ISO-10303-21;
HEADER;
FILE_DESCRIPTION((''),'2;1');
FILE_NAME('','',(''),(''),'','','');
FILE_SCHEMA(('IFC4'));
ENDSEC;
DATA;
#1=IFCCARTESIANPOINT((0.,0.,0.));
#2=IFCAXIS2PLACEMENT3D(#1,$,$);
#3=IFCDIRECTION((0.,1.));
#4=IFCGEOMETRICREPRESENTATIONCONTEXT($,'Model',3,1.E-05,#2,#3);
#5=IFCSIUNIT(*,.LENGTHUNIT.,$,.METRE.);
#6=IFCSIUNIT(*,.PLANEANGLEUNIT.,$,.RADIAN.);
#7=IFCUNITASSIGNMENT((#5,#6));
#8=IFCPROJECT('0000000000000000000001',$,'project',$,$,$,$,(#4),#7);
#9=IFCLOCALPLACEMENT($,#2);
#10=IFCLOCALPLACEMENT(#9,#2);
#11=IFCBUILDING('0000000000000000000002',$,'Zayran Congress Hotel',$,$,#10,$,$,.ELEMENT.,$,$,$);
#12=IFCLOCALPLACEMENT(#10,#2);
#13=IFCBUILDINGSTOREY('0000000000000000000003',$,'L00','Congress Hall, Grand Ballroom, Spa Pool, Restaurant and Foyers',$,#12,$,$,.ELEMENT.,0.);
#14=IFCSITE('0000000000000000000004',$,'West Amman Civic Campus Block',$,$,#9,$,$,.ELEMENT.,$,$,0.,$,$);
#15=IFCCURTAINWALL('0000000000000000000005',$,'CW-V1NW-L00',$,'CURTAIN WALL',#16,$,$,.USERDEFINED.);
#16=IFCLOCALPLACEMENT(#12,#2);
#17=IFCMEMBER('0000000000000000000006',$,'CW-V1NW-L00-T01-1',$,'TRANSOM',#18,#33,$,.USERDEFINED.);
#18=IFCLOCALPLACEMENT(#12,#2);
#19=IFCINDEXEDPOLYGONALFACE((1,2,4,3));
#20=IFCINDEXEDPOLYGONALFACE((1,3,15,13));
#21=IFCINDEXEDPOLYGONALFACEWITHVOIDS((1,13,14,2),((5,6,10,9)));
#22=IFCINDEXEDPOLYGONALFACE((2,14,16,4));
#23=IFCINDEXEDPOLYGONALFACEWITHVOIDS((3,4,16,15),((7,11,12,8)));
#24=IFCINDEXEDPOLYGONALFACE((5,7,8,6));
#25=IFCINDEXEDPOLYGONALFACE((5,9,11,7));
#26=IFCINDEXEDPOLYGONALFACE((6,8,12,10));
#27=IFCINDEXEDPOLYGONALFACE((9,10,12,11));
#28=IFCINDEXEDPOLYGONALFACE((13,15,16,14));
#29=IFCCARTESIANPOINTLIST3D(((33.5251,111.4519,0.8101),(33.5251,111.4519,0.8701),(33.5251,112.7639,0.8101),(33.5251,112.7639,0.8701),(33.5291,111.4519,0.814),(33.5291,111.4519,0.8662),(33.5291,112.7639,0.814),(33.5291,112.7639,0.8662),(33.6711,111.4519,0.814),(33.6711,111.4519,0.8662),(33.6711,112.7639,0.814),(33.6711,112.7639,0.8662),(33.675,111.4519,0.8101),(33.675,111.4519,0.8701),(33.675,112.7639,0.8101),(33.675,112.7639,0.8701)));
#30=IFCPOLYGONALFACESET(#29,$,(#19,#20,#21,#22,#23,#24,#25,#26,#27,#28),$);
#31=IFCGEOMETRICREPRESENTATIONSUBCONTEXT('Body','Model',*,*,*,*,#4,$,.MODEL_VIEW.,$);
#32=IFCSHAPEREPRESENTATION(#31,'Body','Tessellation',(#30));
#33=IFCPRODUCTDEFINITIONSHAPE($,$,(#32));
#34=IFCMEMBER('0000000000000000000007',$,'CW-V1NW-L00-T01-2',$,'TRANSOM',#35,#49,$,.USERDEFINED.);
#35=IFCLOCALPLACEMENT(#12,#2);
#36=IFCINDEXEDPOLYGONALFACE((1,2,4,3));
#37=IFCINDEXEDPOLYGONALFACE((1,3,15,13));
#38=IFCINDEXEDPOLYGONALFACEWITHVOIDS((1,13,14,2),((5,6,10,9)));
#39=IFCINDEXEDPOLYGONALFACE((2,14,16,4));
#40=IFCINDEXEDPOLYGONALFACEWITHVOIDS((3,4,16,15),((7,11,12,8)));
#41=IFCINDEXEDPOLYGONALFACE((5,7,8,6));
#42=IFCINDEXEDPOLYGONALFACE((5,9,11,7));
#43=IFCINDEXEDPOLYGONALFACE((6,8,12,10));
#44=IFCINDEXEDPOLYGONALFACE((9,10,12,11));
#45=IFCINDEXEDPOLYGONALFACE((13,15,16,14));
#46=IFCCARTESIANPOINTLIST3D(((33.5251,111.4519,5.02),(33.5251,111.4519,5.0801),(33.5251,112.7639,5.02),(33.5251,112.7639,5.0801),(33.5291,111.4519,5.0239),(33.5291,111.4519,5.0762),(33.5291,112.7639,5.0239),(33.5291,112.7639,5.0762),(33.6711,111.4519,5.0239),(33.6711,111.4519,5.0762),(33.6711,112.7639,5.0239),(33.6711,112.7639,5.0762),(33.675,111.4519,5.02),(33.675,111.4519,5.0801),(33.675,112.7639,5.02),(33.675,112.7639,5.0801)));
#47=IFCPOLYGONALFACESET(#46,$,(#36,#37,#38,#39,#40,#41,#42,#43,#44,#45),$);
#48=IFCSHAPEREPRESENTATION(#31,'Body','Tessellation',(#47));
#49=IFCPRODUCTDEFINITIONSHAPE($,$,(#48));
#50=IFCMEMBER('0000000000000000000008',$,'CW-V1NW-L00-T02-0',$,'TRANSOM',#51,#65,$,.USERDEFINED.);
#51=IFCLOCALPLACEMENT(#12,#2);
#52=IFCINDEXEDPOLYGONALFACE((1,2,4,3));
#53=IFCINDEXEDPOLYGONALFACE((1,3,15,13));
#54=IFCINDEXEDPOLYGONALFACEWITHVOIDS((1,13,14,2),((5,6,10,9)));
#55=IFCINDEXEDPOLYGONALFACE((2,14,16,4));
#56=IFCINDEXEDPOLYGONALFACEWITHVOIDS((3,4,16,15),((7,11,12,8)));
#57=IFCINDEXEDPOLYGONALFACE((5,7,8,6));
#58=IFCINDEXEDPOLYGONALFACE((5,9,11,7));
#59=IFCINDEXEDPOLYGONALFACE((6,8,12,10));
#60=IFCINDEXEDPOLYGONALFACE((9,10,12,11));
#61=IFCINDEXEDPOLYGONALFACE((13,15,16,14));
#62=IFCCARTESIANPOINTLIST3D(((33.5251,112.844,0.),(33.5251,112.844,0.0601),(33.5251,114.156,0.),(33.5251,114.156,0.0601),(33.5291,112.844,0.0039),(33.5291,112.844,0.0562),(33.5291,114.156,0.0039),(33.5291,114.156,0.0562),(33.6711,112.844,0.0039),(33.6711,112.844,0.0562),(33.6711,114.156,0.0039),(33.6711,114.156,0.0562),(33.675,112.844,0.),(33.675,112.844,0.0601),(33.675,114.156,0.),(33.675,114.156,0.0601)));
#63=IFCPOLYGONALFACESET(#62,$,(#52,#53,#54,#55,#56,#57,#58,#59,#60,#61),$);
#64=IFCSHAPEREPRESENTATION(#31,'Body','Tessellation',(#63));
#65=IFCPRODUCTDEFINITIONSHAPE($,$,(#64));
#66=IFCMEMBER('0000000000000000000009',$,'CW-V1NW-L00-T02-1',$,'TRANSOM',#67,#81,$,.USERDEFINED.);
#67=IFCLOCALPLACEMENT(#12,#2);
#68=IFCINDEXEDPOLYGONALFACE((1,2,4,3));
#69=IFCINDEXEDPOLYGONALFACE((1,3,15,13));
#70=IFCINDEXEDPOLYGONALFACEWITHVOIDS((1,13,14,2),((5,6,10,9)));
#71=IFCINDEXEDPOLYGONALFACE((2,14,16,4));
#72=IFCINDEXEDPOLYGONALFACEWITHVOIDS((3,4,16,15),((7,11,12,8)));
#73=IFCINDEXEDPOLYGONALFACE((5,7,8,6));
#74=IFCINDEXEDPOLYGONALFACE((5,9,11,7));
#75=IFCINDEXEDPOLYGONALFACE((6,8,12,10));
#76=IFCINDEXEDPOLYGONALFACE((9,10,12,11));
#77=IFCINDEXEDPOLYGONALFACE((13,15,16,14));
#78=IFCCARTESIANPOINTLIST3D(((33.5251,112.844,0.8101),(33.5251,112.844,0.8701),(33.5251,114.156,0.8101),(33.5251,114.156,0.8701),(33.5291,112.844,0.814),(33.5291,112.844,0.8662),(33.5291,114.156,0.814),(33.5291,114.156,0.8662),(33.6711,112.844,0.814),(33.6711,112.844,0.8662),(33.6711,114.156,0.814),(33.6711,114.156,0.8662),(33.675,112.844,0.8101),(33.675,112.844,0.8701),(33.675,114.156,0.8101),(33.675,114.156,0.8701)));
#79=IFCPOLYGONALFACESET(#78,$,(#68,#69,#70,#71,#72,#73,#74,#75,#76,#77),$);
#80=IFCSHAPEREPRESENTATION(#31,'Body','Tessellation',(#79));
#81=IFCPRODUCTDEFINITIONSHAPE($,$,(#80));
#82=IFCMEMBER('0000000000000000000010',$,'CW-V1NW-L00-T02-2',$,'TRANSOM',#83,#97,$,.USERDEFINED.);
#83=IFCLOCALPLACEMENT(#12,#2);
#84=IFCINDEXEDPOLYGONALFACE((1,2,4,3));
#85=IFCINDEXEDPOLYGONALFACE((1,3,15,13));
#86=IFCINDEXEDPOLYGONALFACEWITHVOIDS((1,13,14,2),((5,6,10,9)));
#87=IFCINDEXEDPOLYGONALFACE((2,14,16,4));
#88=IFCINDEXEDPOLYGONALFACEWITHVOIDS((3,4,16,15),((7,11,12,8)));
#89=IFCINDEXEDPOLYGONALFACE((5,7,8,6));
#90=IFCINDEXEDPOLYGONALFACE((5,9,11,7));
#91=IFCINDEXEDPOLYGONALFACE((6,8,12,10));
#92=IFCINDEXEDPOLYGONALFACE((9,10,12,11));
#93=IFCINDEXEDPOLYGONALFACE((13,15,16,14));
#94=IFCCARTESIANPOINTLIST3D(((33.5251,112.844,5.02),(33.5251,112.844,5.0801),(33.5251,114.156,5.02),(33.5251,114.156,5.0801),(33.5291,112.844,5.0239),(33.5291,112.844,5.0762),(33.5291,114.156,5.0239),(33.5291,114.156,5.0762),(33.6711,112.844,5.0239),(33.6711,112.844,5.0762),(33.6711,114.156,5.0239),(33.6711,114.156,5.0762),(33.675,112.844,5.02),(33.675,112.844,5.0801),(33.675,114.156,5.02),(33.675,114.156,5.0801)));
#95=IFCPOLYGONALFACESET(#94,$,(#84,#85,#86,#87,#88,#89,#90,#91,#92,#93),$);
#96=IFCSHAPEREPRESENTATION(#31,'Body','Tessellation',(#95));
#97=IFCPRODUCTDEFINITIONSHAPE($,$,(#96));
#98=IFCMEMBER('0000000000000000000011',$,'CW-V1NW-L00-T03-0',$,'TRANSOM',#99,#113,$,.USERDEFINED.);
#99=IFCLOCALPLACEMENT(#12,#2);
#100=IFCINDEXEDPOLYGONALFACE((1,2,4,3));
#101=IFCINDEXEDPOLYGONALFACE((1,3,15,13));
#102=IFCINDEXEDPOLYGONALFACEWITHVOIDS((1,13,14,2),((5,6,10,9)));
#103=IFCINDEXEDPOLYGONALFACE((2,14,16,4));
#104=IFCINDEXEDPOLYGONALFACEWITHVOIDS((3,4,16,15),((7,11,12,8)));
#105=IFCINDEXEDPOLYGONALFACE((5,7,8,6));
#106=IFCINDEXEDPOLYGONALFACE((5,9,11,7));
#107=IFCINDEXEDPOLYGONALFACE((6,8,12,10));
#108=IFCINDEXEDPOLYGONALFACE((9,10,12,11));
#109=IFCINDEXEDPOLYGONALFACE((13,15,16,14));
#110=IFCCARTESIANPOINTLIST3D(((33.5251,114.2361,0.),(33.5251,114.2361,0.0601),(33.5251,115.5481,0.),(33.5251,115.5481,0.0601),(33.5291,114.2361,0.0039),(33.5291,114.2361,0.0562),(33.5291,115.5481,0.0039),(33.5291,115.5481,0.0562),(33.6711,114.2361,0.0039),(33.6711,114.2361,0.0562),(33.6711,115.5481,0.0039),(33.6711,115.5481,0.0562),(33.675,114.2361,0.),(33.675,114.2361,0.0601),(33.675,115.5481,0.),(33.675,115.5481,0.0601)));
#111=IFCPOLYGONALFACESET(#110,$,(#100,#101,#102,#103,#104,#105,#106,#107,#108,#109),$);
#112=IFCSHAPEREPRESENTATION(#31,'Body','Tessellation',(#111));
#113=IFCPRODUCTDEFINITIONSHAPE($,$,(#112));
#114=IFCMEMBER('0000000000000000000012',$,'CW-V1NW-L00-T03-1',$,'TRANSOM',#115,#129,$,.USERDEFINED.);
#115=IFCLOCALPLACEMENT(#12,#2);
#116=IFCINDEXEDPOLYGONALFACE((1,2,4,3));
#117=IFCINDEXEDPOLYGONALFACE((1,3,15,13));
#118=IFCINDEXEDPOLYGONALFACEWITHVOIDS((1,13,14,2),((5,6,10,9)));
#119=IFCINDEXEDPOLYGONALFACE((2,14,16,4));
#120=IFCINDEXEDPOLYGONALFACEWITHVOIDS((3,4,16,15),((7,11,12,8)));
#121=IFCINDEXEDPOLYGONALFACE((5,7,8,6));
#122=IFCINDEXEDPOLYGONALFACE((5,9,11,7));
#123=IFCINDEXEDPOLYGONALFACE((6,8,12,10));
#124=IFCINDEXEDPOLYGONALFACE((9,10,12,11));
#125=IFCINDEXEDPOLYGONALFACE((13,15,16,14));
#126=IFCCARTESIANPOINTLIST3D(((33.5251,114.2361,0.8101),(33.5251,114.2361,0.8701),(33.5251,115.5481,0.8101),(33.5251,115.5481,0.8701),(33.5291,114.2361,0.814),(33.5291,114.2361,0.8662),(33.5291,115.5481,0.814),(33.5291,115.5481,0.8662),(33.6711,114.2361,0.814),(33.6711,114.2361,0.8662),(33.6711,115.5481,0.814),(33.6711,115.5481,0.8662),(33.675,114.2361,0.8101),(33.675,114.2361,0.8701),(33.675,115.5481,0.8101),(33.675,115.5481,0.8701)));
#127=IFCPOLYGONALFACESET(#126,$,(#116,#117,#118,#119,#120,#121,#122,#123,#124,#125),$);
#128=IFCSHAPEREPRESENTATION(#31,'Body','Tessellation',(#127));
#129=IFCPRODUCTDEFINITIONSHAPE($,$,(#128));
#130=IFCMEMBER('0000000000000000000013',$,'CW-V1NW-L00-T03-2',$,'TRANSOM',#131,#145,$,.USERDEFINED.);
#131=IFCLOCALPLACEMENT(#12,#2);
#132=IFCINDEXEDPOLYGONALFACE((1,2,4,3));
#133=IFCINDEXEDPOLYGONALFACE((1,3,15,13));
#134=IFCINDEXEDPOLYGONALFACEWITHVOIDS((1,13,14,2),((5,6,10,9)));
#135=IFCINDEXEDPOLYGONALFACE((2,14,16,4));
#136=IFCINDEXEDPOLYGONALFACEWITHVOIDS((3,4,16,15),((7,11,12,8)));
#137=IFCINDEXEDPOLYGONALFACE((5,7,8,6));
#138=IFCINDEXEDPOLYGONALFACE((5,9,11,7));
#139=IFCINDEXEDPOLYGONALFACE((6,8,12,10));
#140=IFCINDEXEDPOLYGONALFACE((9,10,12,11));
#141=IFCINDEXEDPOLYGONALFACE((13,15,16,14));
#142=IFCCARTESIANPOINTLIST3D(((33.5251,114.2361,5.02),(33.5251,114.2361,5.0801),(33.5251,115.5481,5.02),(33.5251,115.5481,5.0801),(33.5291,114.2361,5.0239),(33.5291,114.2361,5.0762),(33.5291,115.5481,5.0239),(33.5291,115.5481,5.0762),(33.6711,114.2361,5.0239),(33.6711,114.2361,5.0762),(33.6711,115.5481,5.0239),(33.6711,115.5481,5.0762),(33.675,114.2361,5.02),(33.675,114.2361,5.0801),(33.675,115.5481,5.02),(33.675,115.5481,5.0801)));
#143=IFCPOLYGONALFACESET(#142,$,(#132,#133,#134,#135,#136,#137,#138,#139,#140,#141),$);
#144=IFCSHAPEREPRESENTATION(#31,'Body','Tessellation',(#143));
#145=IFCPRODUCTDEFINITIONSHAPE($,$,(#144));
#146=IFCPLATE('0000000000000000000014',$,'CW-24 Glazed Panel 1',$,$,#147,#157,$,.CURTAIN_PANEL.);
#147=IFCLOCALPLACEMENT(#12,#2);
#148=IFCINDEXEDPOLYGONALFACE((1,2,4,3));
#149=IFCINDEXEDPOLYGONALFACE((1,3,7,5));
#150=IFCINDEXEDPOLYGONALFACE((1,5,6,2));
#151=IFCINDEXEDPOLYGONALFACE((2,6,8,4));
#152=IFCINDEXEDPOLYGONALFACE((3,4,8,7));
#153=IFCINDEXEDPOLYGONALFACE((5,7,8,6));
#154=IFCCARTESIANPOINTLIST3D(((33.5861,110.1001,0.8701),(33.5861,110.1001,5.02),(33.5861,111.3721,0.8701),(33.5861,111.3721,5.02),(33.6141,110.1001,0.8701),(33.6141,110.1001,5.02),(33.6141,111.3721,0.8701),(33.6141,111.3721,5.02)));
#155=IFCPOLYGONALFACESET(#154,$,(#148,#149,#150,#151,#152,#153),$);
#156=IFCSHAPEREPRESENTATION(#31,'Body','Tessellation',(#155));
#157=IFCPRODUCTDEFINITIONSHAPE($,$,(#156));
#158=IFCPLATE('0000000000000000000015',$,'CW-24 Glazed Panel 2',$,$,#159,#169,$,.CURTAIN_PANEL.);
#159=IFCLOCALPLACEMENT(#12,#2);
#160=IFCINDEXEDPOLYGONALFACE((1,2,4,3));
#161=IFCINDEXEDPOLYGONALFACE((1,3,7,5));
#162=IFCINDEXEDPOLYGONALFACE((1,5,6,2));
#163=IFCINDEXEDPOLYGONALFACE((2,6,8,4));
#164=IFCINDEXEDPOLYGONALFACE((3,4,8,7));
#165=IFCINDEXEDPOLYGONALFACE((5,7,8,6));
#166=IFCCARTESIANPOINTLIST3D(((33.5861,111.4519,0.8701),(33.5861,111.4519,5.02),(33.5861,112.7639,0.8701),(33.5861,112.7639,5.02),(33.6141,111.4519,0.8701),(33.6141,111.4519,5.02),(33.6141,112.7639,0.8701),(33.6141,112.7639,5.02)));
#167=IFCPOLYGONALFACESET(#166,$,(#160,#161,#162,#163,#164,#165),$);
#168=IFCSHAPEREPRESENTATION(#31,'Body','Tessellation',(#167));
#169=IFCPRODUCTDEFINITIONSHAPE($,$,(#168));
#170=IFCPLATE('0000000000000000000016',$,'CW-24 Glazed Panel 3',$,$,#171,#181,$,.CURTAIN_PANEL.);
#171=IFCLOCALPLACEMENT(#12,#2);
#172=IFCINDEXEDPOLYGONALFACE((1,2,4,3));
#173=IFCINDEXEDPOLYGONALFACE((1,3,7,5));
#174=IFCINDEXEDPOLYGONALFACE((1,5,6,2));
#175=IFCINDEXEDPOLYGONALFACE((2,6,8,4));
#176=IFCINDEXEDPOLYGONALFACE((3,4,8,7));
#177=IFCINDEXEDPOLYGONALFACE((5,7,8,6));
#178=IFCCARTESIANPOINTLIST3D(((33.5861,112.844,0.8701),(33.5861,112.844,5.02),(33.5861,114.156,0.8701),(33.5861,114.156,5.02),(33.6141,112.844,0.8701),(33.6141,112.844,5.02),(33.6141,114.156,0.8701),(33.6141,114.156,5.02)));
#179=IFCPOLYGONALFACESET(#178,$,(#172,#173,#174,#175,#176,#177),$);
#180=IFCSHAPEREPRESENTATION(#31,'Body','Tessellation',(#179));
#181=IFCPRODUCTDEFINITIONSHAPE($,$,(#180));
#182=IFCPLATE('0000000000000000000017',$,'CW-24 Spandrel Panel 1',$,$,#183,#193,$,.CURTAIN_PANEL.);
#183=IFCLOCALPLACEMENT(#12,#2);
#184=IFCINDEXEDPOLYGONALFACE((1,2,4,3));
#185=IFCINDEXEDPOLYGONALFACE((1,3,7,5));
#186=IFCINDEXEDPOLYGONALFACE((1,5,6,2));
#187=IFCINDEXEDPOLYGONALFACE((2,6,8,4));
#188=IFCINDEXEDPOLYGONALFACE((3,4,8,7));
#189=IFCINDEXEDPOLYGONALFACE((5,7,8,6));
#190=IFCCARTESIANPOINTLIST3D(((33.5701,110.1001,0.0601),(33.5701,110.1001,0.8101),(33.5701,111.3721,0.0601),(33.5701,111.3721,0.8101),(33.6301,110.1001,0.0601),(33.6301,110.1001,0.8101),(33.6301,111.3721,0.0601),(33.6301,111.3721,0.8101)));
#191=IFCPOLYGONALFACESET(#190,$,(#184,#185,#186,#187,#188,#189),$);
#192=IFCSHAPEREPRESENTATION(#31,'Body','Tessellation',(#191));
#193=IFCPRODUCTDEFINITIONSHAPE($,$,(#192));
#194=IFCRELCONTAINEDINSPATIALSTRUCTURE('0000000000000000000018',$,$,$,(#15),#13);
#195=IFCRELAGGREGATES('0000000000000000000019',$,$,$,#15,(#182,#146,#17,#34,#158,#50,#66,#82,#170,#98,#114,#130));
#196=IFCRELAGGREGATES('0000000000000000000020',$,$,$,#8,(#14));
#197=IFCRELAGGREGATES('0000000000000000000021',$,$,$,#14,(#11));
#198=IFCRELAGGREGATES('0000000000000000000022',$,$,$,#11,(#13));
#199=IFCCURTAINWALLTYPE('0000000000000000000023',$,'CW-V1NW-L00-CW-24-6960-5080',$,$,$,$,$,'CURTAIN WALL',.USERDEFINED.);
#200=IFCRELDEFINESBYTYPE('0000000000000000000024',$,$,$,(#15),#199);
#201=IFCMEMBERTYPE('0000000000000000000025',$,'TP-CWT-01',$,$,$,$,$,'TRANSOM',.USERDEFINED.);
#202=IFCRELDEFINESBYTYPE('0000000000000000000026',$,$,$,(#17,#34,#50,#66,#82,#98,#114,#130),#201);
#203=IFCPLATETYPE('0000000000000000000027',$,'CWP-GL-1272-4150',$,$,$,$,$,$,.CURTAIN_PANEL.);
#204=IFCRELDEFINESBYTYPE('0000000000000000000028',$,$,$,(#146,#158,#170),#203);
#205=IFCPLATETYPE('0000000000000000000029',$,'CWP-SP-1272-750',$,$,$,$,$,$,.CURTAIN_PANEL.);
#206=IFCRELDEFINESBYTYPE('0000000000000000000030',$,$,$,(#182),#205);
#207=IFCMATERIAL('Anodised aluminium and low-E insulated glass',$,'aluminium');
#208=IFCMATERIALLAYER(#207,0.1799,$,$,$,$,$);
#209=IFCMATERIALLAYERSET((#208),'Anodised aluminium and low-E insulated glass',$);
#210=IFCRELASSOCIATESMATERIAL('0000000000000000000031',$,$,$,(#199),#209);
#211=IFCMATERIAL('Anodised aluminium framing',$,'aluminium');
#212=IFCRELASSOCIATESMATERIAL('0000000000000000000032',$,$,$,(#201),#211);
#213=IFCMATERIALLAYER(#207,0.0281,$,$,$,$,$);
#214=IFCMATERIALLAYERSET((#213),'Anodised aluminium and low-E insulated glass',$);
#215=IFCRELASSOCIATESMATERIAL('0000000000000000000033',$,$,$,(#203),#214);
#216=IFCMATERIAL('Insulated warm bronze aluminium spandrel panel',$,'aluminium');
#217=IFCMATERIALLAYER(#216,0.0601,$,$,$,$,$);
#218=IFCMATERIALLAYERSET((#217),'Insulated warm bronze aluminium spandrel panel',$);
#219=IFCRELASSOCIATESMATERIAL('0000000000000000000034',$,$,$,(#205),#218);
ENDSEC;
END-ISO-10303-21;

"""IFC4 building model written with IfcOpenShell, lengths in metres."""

from ifc_helpers import new_model, si_unit, direction, frame, origin, origin_2d, place, context, subcontext, project, spatial, rectangle, hollow_rectangle, extrude, material, layer, layer_set, material_profile, profile_set, type_object, element, aggregate, save


model = new_model("IFC4")

# Units and contexts
model_context = context("Model", 3, precision=1e-05, world=origin(), true_north=direction((0.0, 1.0)))
body_context = subcontext(model_context, "Body", "Model", "MODEL_VIEW")
ifc_project = project(units=[si_unit("LENGTHUNIT", "METRE"), si_unit("PLANEANGLEUNIT", "RADIAN")], contexts=[model_context])

# Site, building, storey
site_placement = place(None, origin())
site = spatial("IfcSite", under=ifc_project, at=site_placement, Name="West Amman Civic Campus Block", CompositionType="ELEMENT", RefElevation=0.0)
building_placement = place(site_placement, origin())
building = spatial("IfcBuilding", under=site, at=building_placement, Name="Zayran Congress Hotel", CompositionType="ELEMENT")
storey_placement = place(building_placement, origin())
storey = spatial("IfcBuildingStorey", under=building, at=storey_placement, Name="L00", Description="Congress Hall, Grand Ballroom, Spa Pool, Restaurant and Foyers", CompositionType="ELEMENT", Elevation=0.0)

# Curtain wall, members, plates
ifc_material_1 = material(Name="Anodised aluminium and low-E insulated glass", Category="aluminium")
ifc_layer_1 = layer(ifc_material_1, 0.1799)
ifc_layer_set_1 = layer_set([ifc_layer_1], Name="Anodised aluminium and low-E insulated glass")
curtain_wall_type = type_object("IfcCurtainWallType", Name="CW-V1NW-L00-CW-24-6960-5080", ElementType="CURTAIN WALL", PredefinedType="USERDEFINED", material=ifc_layer_set_1)
curtain_wall_placement = place(storey_placement, origin())
curtain_wall = element("IfcCurtainWall", 1, at=curtain_wall_placement, inside=storey, type_object=curtain_wall_type, Name="CW-V1NW-L00", ObjectType="CURTAIN WALL", PredefinedType="USERDEFINED")
ifc_material_2 = material(Name="Anodised aluminium framing", Category="aluminium")
ifc_material_profile_1 = material_profile(ifc_material_2, hollow_rectangle(XDim=0.0601, YDim=0.1499, WallThickness=0.0039, at=origin_2d()), Name="RHS 150x60x4")
ifc_profile_set_1 = profile_set([ifc_material_profile_1], Name="Anodised aluminium framing")
member_type_1 = type_object("IfcMemberType", Name="TP-CWT-01", ElementType="TRANSOM", PredefinedType="USERDEFINED", material=ifc_profile_set_1)
member_1_placement = place(storey_placement, frame((33.6001, 111.4519, 0.8401), z_axis=(0.0, 1.0, 0.0), x_axis=(0.0, 0.0, 1.0)))
member_1 = element("IfcMember", 2, at=member_1_placement, type_object=member_type_1, Name="CW-V1NW-L00-T01-1", ObjectType="TRANSOM", PredefinedType="USERDEFINED", context=body_context, shape_type="SweptSolid", body=[
    extrude(hollow_rectangle(XDim=0.0601, YDim=0.1499, WallThickness=0.0039, at=origin_2d()), origin(), (0.0, 0.0, 1.0), 1.312),
])
member_2_placement = place(storey_placement, frame((33.6001, 111.4519, 5.05), z_axis=(0.0, 1.0, 0.0), x_axis=(0.0, 0.0, 1.0)))
member_2 = element("IfcMember", 3, at=member_2_placement, type_object=member_type_1, Name="CW-V1NW-L00-T01-2", ObjectType="TRANSOM", PredefinedType="USERDEFINED", context=body_context, shape_type="SweptSolid", body=[
    extrude(hollow_rectangle(XDim=0.0601, YDim=0.1499, WallThickness=0.0039, at=origin_2d()), origin(), (0.0, 0.0, 1.0), 1.312),
])
member_3_placement = place(storey_placement, frame((33.6001, 112.844, 0.03), z_axis=(0.0, 1.0, 0.0), x_axis=(0.0, 0.0, 1.0)))
member_3 = element("IfcMember", 4, at=member_3_placement, type_object=member_type_1, Name="CW-V1NW-L00-T02-0", ObjectType="TRANSOM", PredefinedType="USERDEFINED", context=body_context, shape_type="SweptSolid", body=[
    extrude(hollow_rectangle(XDim=0.0601, YDim=0.1499, WallThickness=0.0039, at=origin_2d()), origin(), (0.0, 0.0, 1.0), 1.312),
])
member_4_placement = place(storey_placement, frame((33.6001, 112.844, 0.8401), z_axis=(0.0, 1.0, 0.0), x_axis=(0.0, 0.0, 1.0)))
member_4 = element("IfcMember", 5, at=member_4_placement, type_object=member_type_1, Name="CW-V1NW-L00-T02-1", ObjectType="TRANSOM", PredefinedType="USERDEFINED", context=body_context, shape_type="SweptSolid", body=[
    extrude(hollow_rectangle(XDim=0.0601, YDim=0.1499, WallThickness=0.0039, at=origin_2d()), origin(), (0.0, 0.0, 1.0), 1.312),
])
member_5_placement = place(storey_placement, frame((33.6001, 112.844, 5.05), z_axis=(0.0, 1.0, 0.0), x_axis=(0.0, 0.0, 1.0)))
member_5 = element("IfcMember", 6, at=member_5_placement, type_object=member_type_1, Name="CW-V1NW-L00-T02-2", ObjectType="TRANSOM", PredefinedType="USERDEFINED", context=body_context, shape_type="SweptSolid", body=[
    extrude(hollow_rectangle(XDim=0.0601, YDim=0.1499, WallThickness=0.0039, at=origin_2d()), origin(), (0.0, 0.0, 1.0), 1.312),
])
member_6_placement = place(storey_placement, frame((33.6001, 114.2361, 0.03), z_axis=(0.0, 1.0, 0.0), x_axis=(0.0, 0.0, 1.0)))
member_6 = element("IfcMember", 7, at=member_6_placement, type_object=member_type_1, Name="CW-V1NW-L00-T03-0", ObjectType="TRANSOM", PredefinedType="USERDEFINED", context=body_context, shape_type="SweptSolid", body=[
    extrude(hollow_rectangle(XDim=0.0601, YDim=0.1499, WallThickness=0.0039, at=origin_2d()), origin(), (0.0, 0.0, 1.0), 1.312),
])
member_7_placement = place(storey_placement, frame((33.6001, 114.2361, 0.8401), z_axis=(0.0, 1.0, 0.0), x_axis=(0.0, 0.0, 1.0)))
member_7 = element("IfcMember", 8, at=member_7_placement, type_object=member_type_1, Name="CW-V1NW-L00-T03-1", ObjectType="TRANSOM", PredefinedType="USERDEFINED", context=body_context, shape_type="SweptSolid", body=[
    extrude(hollow_rectangle(XDim=0.0601, YDim=0.1499, WallThickness=0.0039, at=origin_2d()), origin(), (0.0, 0.0, 1.0), 1.312),
])
member_8_placement = place(storey_placement, frame((33.6001, 114.2361, 5.05), z_axis=(0.0, 1.0, 0.0), x_axis=(0.0, 0.0, 1.0)))
member_8 = element("IfcMember", 9, at=member_8_placement, type_object=member_type_1, Name="CW-V1NW-L00-T03-2", ObjectType="TRANSOM", PredefinedType="USERDEFINED", context=body_context, shape_type="SweptSolid", body=[
    extrude(hollow_rectangle(XDim=0.0601, YDim=0.1499, WallThickness=0.0039, at=origin_2d()), origin(), (0.0, 0.0, 1.0), 1.312),
])
ifc_layer_2 = layer(ifc_material_1, 0.0281)
ifc_layer_set_2 = layer_set([ifc_layer_2], Name="Anodised aluminium and low-E insulated glass")
plate_type_1 = type_object("IfcPlateType", Name="CWP-GL-1272-4150", PredefinedType="CURTAIN_PANEL", material=ifc_layer_set_2)
plate_1_placement = place(storey_placement, frame((33.6001, 110.7361, 0.8701), z_axis=(0.0, 0.0, 1.0), x_axis=(0.0, 1.0, 0.0)))
plate_1 = element("IfcPlate", 10, at=plate_1_placement, type_object=plate_type_1, Name="CW-24 Glazed Panel 1", PredefinedType="CURTAIN_PANEL", context=body_context, shape_type="SweptSolid", body=[
    extrude(rectangle(XDim=1.272, YDim=0.0281, at=origin_2d()), origin(), (0.0, 0.0, 1.0), 4.1499),
])
plate_2_placement = place(storey_placement, frame((33.6001, 112.1079, 0.8701), z_axis=(0.0, 0.0, 1.0), x_axis=(0.0, 1.0, 0.0)))
plate_2 = element("IfcPlate", 11, at=plate_2_placement, type_object=plate_type_1, Name="CW-24 Glazed Panel 2", PredefinedType="CURTAIN_PANEL", context=body_context, shape_type="SweptSolid", body=[
    extrude(rectangle(XDim=1.312, YDim=0.0281, at=origin_2d()), origin(), (0.0, 0.0, 1.0), 4.1499),
])
plate_3_placement = place(storey_placement, frame((33.6001, 113.5, 0.8701), z_axis=(0.0, 0.0, 1.0), x_axis=(0.0, 1.0, 0.0)))
plate_3 = element("IfcPlate", 12, at=plate_3_placement, type_object=plate_type_1, Name="CW-24 Glazed Panel 3", PredefinedType="CURTAIN_PANEL", context=body_context, shape_type="SweptSolid", body=[
    extrude(rectangle(XDim=1.312, YDim=0.0281, at=origin_2d()), origin(), (0.0, 0.0, 1.0), 4.1499),
])
ifc_material_3 = material(Name="Insulated warm bronze aluminium spandrel panel", Category="aluminium")
ifc_layer_3 = layer(ifc_material_3, 0.0601)
ifc_layer_set_3 = layer_set([ifc_layer_3], Name="Insulated warm bronze aluminium spandrel panel")
plate_type_2 = type_object("IfcPlateType", Name="CWP-SP-1272-750", PredefinedType="CURTAIN_PANEL", material=ifc_layer_set_3)
plate_4_placement = place(storey_placement, frame((33.6001, 110.7361, 0.0601), z_axis=(0.0, 0.0, 1.0), x_axis=(0.0, 1.0, 0.0)))
plate_4 = element("IfcPlate", 13, at=plate_4_placement, type_object=plate_type_2, Name="CW-24 Spandrel Panel 1", PredefinedType="CURTAIN_PANEL", context=body_context, shape_type="SweptSolid", body=[
    extrude(rectangle(XDim=1.272, YDim=0.0601, at=origin_2d()), origin(), (0.0, 0.0, 1.0), 0.75),
])
aggregate(curtain_wall, [plate_4, plate_1, member_1, member_2, plate_2, member_3, member_4, member_5, plate_3, member_6, member_7, member_8])

save(model, "model.ifc")
